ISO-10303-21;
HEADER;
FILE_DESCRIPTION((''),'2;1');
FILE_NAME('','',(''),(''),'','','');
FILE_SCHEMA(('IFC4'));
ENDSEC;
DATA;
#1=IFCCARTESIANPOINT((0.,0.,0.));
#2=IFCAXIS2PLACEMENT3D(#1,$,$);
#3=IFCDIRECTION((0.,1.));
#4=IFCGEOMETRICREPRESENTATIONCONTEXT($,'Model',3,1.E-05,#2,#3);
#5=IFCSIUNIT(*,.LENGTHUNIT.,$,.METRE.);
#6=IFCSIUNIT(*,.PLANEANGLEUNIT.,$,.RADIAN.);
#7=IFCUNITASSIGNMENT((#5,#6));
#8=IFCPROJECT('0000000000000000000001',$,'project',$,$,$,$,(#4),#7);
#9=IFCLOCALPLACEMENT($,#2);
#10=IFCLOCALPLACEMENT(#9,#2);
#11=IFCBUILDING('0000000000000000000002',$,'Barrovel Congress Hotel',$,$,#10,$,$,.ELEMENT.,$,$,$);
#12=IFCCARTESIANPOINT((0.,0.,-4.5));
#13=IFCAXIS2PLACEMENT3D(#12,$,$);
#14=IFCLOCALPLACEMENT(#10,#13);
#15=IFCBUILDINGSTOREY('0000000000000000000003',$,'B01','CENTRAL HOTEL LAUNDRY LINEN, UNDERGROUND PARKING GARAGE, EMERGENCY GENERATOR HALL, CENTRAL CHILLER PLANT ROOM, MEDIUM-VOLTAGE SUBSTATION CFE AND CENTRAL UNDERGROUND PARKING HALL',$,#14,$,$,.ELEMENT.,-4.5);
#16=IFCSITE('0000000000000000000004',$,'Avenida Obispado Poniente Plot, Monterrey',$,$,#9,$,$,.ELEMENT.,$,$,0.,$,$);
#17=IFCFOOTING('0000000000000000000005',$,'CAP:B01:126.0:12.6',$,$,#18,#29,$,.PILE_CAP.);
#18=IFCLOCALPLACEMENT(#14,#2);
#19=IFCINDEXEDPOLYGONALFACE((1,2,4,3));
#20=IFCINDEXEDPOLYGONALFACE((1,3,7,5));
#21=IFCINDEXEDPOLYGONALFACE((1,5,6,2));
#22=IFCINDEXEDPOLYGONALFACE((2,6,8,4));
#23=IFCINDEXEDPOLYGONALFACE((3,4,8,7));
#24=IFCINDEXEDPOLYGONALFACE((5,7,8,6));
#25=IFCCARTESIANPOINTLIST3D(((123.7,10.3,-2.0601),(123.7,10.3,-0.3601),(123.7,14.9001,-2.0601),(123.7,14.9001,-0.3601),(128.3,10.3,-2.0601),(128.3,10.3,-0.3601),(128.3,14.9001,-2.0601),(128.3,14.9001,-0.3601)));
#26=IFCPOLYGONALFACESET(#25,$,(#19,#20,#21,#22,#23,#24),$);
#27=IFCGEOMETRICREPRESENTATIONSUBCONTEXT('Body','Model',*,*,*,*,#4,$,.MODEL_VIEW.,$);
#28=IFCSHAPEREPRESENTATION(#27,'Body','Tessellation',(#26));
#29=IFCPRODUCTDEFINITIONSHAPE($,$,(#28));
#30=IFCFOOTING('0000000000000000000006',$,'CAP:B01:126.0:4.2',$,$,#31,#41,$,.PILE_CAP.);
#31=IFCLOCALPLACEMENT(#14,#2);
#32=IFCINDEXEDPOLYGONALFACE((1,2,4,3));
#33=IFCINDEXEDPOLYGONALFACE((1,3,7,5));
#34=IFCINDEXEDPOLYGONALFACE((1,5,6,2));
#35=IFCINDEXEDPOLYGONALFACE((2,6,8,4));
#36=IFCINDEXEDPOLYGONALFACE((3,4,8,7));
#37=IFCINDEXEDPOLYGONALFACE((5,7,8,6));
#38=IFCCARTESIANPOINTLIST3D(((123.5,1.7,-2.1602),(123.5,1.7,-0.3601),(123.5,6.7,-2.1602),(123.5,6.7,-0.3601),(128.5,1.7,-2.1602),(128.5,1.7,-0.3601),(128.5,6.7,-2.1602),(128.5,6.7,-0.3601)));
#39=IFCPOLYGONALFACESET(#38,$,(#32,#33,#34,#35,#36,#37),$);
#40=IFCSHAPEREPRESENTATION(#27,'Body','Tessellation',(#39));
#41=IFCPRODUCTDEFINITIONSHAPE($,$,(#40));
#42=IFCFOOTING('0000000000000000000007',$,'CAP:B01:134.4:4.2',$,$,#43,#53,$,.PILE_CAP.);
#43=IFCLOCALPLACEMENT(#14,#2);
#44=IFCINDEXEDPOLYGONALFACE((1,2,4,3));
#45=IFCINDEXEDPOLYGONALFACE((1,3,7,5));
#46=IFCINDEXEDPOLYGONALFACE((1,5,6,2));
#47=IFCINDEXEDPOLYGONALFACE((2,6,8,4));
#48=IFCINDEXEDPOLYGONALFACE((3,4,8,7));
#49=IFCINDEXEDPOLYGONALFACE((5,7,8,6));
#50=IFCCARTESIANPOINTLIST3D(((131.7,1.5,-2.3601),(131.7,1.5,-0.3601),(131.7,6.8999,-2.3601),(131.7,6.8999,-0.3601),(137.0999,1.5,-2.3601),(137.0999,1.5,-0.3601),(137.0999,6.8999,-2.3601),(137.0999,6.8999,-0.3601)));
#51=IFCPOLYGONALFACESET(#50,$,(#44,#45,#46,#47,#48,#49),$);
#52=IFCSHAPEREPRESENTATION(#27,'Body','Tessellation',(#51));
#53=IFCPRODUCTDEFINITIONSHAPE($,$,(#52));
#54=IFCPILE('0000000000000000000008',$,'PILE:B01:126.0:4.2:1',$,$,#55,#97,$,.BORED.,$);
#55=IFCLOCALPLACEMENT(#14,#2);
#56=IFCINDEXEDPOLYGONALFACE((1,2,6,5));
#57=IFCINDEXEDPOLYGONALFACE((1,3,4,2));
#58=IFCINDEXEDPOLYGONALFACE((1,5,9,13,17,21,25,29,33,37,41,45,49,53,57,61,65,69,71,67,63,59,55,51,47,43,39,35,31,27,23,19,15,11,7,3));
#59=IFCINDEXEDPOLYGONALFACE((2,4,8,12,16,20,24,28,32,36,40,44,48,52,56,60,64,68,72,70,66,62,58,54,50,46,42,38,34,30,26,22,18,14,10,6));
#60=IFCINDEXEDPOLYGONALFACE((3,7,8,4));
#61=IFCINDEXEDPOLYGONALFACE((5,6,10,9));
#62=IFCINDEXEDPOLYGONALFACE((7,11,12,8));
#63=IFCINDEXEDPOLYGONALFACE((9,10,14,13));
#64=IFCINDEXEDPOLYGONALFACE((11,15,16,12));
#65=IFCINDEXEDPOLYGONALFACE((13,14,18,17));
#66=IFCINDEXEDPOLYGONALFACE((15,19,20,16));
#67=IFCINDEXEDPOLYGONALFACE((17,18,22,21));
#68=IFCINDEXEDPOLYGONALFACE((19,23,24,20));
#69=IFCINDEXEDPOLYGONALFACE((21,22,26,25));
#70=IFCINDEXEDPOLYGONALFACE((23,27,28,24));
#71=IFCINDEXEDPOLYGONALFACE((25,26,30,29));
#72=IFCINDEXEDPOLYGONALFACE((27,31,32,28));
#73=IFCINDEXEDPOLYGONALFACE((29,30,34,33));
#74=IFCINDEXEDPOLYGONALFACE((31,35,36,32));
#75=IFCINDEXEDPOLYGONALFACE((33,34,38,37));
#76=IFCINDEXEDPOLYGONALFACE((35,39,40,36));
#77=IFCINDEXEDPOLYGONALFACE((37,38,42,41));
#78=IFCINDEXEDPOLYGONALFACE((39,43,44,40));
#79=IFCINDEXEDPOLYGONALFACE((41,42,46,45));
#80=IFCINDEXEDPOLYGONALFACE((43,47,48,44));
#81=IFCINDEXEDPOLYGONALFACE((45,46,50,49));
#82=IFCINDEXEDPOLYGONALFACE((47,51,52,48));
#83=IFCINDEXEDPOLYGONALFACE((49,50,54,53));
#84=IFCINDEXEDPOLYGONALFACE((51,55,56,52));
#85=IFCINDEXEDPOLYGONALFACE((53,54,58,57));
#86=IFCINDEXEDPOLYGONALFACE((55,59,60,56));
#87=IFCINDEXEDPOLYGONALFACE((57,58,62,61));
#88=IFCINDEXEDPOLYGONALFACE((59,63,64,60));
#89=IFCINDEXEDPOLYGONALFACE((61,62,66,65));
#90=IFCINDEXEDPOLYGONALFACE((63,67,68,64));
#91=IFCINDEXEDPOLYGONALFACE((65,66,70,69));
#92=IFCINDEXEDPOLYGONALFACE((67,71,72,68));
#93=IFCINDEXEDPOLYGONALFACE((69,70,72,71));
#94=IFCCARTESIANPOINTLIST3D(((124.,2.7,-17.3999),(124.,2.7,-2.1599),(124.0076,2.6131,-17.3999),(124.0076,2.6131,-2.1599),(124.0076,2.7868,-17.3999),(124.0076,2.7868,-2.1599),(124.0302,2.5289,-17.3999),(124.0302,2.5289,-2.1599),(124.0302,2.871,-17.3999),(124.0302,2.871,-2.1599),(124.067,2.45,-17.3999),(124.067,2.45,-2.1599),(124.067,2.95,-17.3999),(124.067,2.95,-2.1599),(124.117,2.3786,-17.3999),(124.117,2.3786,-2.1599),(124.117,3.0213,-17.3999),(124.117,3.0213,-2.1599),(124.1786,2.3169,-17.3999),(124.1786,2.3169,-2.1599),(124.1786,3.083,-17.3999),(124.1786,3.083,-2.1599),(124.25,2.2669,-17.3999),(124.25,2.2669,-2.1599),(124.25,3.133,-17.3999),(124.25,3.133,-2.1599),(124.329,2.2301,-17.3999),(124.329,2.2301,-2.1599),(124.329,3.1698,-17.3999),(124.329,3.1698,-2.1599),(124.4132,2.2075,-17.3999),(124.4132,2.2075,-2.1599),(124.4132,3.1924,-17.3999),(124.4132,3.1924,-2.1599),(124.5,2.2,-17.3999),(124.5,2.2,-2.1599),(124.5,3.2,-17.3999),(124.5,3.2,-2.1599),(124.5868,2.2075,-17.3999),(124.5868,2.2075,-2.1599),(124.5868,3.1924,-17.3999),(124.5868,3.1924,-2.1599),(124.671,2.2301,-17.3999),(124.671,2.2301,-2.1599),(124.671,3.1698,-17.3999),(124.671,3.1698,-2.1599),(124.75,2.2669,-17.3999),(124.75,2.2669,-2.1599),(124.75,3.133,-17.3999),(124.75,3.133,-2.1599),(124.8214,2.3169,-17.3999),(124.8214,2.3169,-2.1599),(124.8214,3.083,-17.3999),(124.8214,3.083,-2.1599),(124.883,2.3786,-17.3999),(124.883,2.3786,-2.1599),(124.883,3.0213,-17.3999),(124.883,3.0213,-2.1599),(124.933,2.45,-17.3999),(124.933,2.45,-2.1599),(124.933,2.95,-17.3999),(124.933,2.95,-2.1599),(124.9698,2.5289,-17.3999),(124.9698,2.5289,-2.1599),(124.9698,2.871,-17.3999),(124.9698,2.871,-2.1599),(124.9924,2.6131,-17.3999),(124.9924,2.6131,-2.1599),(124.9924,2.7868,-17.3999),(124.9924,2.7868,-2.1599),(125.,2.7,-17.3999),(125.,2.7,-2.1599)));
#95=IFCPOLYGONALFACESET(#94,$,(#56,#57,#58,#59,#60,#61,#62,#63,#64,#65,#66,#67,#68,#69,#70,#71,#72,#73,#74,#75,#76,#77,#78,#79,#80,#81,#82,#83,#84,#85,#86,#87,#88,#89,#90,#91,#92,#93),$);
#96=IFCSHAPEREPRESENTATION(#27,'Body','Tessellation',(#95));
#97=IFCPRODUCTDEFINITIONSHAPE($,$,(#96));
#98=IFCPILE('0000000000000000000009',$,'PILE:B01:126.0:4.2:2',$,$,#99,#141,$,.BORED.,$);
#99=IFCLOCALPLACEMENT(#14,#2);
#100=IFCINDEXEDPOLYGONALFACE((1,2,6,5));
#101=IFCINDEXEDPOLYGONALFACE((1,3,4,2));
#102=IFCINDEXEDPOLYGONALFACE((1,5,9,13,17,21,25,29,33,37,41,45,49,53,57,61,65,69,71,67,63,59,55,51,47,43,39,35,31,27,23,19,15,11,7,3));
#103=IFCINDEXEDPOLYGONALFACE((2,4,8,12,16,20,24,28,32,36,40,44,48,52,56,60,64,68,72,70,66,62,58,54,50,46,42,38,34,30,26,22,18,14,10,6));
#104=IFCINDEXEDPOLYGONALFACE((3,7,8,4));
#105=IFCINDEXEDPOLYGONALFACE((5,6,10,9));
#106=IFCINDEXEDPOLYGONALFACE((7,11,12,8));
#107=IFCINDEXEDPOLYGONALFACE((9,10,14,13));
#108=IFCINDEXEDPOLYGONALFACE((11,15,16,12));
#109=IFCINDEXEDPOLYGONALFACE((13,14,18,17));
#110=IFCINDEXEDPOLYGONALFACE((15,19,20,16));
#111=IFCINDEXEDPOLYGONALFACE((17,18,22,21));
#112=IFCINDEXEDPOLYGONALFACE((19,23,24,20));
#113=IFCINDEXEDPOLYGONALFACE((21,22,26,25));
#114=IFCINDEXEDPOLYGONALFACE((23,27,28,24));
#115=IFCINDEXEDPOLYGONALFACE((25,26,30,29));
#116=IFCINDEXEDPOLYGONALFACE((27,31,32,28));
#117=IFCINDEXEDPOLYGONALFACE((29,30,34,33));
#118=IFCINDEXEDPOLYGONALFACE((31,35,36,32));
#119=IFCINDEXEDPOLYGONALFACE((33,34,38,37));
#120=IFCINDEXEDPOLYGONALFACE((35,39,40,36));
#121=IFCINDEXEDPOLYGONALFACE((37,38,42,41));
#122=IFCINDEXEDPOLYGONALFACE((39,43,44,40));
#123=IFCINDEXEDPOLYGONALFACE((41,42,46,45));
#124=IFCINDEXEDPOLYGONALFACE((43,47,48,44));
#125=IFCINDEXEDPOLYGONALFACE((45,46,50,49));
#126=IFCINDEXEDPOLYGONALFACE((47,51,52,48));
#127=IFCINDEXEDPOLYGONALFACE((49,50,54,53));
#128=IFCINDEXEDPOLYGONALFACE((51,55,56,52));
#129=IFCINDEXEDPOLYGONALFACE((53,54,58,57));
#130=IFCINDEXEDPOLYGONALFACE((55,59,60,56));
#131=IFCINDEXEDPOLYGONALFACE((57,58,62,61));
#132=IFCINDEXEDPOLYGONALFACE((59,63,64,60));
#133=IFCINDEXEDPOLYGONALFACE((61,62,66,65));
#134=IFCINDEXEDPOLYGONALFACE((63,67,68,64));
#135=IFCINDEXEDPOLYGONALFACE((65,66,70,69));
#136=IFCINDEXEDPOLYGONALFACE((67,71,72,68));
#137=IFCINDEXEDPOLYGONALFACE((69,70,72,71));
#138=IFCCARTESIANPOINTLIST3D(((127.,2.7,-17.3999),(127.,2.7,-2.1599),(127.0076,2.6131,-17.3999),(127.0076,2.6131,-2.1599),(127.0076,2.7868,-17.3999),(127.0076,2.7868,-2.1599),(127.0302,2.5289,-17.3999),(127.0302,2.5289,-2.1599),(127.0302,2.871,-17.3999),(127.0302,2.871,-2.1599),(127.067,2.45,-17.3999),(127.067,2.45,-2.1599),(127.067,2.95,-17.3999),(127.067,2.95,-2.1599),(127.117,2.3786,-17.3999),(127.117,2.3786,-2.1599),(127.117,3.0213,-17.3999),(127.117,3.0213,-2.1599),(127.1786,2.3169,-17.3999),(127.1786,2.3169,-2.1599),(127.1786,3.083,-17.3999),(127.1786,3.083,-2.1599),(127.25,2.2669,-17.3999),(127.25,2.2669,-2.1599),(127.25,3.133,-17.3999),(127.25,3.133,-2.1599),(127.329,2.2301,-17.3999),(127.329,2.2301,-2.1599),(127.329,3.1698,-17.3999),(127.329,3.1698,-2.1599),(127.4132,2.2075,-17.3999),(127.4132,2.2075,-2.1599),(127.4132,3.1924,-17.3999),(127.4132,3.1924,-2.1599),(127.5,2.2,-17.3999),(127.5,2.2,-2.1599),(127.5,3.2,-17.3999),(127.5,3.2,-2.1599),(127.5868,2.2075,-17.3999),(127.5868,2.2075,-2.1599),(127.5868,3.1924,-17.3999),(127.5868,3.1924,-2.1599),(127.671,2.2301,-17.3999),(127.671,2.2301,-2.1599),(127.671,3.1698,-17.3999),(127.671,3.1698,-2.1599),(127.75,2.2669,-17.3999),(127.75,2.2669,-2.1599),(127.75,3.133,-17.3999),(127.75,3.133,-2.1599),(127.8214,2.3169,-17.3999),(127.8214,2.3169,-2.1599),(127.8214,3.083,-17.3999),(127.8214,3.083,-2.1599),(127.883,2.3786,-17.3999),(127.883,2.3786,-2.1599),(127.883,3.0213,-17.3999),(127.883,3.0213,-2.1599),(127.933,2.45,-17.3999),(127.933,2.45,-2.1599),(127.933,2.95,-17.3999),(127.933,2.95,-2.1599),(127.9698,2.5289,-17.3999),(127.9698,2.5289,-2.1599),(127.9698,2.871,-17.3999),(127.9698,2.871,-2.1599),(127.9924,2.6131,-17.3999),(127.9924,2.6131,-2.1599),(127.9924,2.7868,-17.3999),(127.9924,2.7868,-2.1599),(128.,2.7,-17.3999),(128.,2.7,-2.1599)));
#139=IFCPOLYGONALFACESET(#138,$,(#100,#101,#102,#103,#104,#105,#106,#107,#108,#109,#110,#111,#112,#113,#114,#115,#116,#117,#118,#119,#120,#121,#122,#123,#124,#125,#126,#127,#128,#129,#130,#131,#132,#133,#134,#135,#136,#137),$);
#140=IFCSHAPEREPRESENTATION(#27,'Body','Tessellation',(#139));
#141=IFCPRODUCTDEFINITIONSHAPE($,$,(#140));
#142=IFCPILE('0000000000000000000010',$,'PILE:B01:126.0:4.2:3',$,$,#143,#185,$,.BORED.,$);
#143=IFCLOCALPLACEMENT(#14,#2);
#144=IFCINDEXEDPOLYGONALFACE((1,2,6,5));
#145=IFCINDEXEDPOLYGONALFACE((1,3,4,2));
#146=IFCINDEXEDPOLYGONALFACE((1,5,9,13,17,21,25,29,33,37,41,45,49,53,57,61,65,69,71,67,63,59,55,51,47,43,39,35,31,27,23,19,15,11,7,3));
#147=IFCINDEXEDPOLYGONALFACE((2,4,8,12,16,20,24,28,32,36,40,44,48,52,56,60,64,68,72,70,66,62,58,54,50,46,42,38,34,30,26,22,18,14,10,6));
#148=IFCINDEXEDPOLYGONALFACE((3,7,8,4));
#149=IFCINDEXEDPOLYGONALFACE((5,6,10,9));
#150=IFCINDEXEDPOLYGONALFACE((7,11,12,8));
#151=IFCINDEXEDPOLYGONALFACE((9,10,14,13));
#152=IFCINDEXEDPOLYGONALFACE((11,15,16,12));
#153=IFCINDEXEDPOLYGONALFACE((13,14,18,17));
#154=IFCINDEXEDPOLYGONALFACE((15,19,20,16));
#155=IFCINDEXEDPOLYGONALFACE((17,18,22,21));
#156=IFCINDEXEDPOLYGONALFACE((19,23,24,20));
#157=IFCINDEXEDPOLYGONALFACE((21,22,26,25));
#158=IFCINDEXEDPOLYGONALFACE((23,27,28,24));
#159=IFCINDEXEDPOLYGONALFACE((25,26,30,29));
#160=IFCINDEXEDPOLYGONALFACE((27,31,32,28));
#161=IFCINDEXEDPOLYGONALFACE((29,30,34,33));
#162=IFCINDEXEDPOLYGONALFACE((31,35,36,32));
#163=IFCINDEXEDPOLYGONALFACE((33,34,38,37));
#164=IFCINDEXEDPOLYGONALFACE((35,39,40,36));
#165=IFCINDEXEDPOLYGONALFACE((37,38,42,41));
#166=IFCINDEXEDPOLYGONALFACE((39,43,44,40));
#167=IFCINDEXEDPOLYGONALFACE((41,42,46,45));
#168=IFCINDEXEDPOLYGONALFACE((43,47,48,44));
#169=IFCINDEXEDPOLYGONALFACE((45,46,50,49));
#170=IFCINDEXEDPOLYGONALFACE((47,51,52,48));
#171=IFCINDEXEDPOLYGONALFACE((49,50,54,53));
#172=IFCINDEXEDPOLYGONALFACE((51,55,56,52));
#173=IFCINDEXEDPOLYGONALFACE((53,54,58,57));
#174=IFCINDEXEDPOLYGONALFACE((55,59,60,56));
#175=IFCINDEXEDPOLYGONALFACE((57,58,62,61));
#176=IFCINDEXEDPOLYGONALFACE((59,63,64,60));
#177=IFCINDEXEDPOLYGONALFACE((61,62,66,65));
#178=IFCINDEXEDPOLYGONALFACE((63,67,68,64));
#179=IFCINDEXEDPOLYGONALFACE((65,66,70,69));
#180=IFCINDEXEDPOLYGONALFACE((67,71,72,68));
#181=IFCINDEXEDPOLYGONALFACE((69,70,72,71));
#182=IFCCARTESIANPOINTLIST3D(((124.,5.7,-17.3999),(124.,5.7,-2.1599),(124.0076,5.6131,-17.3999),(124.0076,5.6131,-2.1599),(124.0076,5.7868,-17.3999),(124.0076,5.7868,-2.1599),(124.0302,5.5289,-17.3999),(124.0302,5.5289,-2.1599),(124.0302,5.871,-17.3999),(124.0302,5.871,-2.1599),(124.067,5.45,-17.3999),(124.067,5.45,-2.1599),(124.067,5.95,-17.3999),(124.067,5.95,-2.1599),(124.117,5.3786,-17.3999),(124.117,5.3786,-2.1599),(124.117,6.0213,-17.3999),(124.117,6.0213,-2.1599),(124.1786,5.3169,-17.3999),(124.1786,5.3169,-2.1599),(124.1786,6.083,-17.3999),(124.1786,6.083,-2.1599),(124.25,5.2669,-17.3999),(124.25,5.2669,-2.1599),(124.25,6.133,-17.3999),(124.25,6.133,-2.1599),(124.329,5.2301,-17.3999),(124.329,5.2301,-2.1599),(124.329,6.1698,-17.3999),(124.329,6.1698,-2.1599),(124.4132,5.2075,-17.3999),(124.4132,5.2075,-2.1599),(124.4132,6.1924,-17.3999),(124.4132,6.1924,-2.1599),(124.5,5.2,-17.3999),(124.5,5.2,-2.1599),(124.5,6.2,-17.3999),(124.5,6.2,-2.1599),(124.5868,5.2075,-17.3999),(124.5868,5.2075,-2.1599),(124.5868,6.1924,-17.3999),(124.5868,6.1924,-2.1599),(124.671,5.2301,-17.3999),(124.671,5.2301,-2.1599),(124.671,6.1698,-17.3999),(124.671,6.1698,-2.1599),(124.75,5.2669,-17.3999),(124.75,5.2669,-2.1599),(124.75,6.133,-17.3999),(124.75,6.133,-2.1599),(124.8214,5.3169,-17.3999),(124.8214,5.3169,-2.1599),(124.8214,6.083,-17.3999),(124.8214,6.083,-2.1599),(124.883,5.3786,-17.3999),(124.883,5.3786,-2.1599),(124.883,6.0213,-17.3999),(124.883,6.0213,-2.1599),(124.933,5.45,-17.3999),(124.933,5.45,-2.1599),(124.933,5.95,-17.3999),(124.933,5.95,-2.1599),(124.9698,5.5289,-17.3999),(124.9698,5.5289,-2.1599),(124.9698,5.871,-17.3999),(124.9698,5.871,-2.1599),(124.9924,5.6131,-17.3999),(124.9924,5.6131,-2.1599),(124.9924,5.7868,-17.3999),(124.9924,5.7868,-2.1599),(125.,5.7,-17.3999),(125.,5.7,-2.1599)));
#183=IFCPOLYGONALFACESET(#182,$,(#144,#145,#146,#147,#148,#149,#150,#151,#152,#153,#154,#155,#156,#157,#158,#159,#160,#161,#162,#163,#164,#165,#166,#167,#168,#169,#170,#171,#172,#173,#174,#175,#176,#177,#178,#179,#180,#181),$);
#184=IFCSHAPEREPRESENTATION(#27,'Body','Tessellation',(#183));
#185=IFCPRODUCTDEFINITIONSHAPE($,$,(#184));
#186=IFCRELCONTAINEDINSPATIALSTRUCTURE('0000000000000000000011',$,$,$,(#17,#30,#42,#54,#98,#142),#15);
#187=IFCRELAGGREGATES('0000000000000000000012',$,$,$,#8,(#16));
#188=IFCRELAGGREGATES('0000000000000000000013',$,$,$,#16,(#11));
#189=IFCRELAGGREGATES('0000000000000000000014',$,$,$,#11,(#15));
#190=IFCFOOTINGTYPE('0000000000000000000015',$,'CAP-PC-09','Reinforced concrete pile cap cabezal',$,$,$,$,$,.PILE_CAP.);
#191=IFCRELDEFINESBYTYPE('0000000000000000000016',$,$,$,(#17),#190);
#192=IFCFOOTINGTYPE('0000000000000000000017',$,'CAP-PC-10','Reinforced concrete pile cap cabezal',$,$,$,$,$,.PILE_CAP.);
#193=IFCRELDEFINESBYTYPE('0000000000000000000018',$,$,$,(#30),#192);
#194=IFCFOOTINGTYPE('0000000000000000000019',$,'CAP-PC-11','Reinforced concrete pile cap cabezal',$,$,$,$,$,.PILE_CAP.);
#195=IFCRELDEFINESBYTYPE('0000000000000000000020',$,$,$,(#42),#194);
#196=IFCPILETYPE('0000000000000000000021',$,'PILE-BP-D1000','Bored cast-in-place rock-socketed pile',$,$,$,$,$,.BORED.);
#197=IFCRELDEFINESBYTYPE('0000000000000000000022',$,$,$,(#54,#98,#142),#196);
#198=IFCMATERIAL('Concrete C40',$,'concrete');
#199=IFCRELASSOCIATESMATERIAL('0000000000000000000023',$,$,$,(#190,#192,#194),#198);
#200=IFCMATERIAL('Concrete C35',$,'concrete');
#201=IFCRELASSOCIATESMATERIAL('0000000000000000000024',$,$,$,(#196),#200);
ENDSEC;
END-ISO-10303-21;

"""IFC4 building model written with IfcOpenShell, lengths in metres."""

from ifc_helpers import new_model, si_unit, direction, frame, origin, origin_2d, place, context, subcontext, project, spatial, rectangle, circle, extrude, material, material_profile, profile_set, type_object, element, save


model = new_model("IFC4")

# Units and contexts
model_context = context("Model", 3, precision=1e-05, world=origin(), true_north=direction((0.0, 1.0)))
body_context = subcontext(model_context, "Body", "Model", "MODEL_VIEW")
ifc_project = project(units=[si_unit("LENGTHUNIT", "METRE"), si_unit("PLANEANGLEUNIT", "RADIAN")], contexts=[model_context])

# Site, building, storey
site_placement = place(None, origin())
site = spatial("IfcSite", under=ifc_project, at=site_placement, Name="Avenida Obispado Poniente Plot, Monterrey", CompositionType="ELEMENT", RefElevation=0.0)
building_placement = place(site_placement, origin())
building = spatial("IfcBuilding", under=site, at=building_placement, Name="Barrovel Congress Hotel", CompositionType="ELEMENT")
storey_placement = place(building_placement, frame((0.0, 0.0, -4.5)))
storey = spatial("IfcBuildingStorey", under=building, at=storey_placement, Name="B01", Description="CENTRAL HOTEL LAUNDRY LINEN, UNDERGROUND PARKING GARAGE, EMERGENCY GENERATOR HALL, CENTRAL CHILLER PLANT ROOM, MEDIUM-VOLTAGE SUBSTATION CFE AND CENTRAL UNDERGROUND PARKING HALL", CompositionType="ELEMENT", Elevation=-4.5)

# Footings
ifc_material_1 = material(Name="Concrete C40", Category="concrete")
footing_type_1 = type_object("IfcFootingType", Name="CAP-PC-09", Description="Reinforced concrete pile cap cabezal", PredefinedType="PILE_CAP", material=ifc_material_1)
footing_1_placement = place(storey_placement, frame((126.0, 12.6001, -2.0601), z_axis=(0.0, 0.0, 1.0), x_axis=(1.0, 0.0, 0.0)))
element("IfcFooting", 1, at=footing_1_placement, inside=storey, type_object=footing_type_1, Name="CAP:B01:126.0:12.6", PredefinedType="PILE_CAP", context=body_context, shape_type="SweptSolid", body=[
    extrude(rectangle(XDim=4.6001, YDim=4.6001, at=origin_2d()), origin(), (0.0, 0.0, 1.0), 1.7),
])
footing_type_2 = type_object("IfcFootingType", Name="CAP-PC-10", Description="Reinforced concrete pile cap cabezal", PredefinedType="PILE_CAP", material=ifc_material_1)
footing_2_placement = place(storey_placement, frame((126.0, 4.2, -2.1602), z_axis=(0.0, 0.0, 1.0), x_axis=(1.0, 0.0, 0.0)))
element("IfcFooting", 2, at=footing_2_placement, inside=storey, type_object=footing_type_2, Name="CAP:B01:126.0:4.2", PredefinedType="PILE_CAP", context=body_context, shape_type="SweptSolid", body=[
    extrude(rectangle(XDim=5.0, YDim=5.0, at=origin_2d()), origin(), (0.0, 0.0, 1.0), 1.8),
])
footing_type_3 = type_object("IfcFootingType", Name="CAP-PC-11", Description="Reinforced concrete pile cap cabezal", PredefinedType="PILE_CAP", material=ifc_material_1)
footing_3_placement = place(storey_placement, frame((134.3999, 4.2, -2.3601), z_axis=(0.0, 0.0, 1.0), x_axis=(1.0, 0.0, 0.0)))
element("IfcFooting", 3, at=footing_3_placement, inside=storey, type_object=footing_type_3, Name="CAP:B01:134.4:4.2", PredefinedType="PILE_CAP", context=body_context, shape_type="SweptSolid", body=[
    extrude(rectangle(XDim=5.3999, YDim=5.3999, at=origin_2d()), origin(), (0.0, 0.0, 1.0), 2.0),
])

# Piles
ifc_material_2 = material(Name="Concrete C35", Category="concrete")
ifc_material_profile_1 = material_profile(ifc_material_2, circle(Radius=0.5, at=origin_2d()), Name="BP-D1000")
ifc_profile_set_1 = profile_set([ifc_material_profile_1], Name="Concrete C35")
pile_type_1 = type_object("IfcPileType", Name="PILE-BP-D1000", Description="Bored cast-in-place rock-socketed pile", PredefinedType="BORED", material=ifc_profile_set_1)
for number, where, z_axis, x_axis, name in (
    (4, (124.5, 2.7, -2.1599), (0.0, 0.0, -1.0), (1.0, 0.0, 0.0), "PILE:B01:126.0:4.2:1"),
    (5, (127.5, 2.7, -2.1599), (0.0, 0.0, -1.0), (1.0, 0.0, 0.0), "PILE:B01:126.0:4.2:2"),
    (6, (124.5, 5.7, -2.1599), (0.0, 0.0, -1.0), (1.0, 0.0, 0.0), "PILE:B01:126.0:4.2:3"),
):
    element("IfcPile", number, at=place(storey_placement, frame(where, z_axis=z_axis, x_axis=x_axis)), inside=storey, type_object=pile_type_1, Name=name, PredefinedType="BORED", context=body_context, shape_type="SweptSolid", body=[
        extrude(circle(Radius=0.5, at=origin_2d()), origin(), (0.0, 0.0, 1.0), 15.24),
    ])

save(model, "model.ifc")
